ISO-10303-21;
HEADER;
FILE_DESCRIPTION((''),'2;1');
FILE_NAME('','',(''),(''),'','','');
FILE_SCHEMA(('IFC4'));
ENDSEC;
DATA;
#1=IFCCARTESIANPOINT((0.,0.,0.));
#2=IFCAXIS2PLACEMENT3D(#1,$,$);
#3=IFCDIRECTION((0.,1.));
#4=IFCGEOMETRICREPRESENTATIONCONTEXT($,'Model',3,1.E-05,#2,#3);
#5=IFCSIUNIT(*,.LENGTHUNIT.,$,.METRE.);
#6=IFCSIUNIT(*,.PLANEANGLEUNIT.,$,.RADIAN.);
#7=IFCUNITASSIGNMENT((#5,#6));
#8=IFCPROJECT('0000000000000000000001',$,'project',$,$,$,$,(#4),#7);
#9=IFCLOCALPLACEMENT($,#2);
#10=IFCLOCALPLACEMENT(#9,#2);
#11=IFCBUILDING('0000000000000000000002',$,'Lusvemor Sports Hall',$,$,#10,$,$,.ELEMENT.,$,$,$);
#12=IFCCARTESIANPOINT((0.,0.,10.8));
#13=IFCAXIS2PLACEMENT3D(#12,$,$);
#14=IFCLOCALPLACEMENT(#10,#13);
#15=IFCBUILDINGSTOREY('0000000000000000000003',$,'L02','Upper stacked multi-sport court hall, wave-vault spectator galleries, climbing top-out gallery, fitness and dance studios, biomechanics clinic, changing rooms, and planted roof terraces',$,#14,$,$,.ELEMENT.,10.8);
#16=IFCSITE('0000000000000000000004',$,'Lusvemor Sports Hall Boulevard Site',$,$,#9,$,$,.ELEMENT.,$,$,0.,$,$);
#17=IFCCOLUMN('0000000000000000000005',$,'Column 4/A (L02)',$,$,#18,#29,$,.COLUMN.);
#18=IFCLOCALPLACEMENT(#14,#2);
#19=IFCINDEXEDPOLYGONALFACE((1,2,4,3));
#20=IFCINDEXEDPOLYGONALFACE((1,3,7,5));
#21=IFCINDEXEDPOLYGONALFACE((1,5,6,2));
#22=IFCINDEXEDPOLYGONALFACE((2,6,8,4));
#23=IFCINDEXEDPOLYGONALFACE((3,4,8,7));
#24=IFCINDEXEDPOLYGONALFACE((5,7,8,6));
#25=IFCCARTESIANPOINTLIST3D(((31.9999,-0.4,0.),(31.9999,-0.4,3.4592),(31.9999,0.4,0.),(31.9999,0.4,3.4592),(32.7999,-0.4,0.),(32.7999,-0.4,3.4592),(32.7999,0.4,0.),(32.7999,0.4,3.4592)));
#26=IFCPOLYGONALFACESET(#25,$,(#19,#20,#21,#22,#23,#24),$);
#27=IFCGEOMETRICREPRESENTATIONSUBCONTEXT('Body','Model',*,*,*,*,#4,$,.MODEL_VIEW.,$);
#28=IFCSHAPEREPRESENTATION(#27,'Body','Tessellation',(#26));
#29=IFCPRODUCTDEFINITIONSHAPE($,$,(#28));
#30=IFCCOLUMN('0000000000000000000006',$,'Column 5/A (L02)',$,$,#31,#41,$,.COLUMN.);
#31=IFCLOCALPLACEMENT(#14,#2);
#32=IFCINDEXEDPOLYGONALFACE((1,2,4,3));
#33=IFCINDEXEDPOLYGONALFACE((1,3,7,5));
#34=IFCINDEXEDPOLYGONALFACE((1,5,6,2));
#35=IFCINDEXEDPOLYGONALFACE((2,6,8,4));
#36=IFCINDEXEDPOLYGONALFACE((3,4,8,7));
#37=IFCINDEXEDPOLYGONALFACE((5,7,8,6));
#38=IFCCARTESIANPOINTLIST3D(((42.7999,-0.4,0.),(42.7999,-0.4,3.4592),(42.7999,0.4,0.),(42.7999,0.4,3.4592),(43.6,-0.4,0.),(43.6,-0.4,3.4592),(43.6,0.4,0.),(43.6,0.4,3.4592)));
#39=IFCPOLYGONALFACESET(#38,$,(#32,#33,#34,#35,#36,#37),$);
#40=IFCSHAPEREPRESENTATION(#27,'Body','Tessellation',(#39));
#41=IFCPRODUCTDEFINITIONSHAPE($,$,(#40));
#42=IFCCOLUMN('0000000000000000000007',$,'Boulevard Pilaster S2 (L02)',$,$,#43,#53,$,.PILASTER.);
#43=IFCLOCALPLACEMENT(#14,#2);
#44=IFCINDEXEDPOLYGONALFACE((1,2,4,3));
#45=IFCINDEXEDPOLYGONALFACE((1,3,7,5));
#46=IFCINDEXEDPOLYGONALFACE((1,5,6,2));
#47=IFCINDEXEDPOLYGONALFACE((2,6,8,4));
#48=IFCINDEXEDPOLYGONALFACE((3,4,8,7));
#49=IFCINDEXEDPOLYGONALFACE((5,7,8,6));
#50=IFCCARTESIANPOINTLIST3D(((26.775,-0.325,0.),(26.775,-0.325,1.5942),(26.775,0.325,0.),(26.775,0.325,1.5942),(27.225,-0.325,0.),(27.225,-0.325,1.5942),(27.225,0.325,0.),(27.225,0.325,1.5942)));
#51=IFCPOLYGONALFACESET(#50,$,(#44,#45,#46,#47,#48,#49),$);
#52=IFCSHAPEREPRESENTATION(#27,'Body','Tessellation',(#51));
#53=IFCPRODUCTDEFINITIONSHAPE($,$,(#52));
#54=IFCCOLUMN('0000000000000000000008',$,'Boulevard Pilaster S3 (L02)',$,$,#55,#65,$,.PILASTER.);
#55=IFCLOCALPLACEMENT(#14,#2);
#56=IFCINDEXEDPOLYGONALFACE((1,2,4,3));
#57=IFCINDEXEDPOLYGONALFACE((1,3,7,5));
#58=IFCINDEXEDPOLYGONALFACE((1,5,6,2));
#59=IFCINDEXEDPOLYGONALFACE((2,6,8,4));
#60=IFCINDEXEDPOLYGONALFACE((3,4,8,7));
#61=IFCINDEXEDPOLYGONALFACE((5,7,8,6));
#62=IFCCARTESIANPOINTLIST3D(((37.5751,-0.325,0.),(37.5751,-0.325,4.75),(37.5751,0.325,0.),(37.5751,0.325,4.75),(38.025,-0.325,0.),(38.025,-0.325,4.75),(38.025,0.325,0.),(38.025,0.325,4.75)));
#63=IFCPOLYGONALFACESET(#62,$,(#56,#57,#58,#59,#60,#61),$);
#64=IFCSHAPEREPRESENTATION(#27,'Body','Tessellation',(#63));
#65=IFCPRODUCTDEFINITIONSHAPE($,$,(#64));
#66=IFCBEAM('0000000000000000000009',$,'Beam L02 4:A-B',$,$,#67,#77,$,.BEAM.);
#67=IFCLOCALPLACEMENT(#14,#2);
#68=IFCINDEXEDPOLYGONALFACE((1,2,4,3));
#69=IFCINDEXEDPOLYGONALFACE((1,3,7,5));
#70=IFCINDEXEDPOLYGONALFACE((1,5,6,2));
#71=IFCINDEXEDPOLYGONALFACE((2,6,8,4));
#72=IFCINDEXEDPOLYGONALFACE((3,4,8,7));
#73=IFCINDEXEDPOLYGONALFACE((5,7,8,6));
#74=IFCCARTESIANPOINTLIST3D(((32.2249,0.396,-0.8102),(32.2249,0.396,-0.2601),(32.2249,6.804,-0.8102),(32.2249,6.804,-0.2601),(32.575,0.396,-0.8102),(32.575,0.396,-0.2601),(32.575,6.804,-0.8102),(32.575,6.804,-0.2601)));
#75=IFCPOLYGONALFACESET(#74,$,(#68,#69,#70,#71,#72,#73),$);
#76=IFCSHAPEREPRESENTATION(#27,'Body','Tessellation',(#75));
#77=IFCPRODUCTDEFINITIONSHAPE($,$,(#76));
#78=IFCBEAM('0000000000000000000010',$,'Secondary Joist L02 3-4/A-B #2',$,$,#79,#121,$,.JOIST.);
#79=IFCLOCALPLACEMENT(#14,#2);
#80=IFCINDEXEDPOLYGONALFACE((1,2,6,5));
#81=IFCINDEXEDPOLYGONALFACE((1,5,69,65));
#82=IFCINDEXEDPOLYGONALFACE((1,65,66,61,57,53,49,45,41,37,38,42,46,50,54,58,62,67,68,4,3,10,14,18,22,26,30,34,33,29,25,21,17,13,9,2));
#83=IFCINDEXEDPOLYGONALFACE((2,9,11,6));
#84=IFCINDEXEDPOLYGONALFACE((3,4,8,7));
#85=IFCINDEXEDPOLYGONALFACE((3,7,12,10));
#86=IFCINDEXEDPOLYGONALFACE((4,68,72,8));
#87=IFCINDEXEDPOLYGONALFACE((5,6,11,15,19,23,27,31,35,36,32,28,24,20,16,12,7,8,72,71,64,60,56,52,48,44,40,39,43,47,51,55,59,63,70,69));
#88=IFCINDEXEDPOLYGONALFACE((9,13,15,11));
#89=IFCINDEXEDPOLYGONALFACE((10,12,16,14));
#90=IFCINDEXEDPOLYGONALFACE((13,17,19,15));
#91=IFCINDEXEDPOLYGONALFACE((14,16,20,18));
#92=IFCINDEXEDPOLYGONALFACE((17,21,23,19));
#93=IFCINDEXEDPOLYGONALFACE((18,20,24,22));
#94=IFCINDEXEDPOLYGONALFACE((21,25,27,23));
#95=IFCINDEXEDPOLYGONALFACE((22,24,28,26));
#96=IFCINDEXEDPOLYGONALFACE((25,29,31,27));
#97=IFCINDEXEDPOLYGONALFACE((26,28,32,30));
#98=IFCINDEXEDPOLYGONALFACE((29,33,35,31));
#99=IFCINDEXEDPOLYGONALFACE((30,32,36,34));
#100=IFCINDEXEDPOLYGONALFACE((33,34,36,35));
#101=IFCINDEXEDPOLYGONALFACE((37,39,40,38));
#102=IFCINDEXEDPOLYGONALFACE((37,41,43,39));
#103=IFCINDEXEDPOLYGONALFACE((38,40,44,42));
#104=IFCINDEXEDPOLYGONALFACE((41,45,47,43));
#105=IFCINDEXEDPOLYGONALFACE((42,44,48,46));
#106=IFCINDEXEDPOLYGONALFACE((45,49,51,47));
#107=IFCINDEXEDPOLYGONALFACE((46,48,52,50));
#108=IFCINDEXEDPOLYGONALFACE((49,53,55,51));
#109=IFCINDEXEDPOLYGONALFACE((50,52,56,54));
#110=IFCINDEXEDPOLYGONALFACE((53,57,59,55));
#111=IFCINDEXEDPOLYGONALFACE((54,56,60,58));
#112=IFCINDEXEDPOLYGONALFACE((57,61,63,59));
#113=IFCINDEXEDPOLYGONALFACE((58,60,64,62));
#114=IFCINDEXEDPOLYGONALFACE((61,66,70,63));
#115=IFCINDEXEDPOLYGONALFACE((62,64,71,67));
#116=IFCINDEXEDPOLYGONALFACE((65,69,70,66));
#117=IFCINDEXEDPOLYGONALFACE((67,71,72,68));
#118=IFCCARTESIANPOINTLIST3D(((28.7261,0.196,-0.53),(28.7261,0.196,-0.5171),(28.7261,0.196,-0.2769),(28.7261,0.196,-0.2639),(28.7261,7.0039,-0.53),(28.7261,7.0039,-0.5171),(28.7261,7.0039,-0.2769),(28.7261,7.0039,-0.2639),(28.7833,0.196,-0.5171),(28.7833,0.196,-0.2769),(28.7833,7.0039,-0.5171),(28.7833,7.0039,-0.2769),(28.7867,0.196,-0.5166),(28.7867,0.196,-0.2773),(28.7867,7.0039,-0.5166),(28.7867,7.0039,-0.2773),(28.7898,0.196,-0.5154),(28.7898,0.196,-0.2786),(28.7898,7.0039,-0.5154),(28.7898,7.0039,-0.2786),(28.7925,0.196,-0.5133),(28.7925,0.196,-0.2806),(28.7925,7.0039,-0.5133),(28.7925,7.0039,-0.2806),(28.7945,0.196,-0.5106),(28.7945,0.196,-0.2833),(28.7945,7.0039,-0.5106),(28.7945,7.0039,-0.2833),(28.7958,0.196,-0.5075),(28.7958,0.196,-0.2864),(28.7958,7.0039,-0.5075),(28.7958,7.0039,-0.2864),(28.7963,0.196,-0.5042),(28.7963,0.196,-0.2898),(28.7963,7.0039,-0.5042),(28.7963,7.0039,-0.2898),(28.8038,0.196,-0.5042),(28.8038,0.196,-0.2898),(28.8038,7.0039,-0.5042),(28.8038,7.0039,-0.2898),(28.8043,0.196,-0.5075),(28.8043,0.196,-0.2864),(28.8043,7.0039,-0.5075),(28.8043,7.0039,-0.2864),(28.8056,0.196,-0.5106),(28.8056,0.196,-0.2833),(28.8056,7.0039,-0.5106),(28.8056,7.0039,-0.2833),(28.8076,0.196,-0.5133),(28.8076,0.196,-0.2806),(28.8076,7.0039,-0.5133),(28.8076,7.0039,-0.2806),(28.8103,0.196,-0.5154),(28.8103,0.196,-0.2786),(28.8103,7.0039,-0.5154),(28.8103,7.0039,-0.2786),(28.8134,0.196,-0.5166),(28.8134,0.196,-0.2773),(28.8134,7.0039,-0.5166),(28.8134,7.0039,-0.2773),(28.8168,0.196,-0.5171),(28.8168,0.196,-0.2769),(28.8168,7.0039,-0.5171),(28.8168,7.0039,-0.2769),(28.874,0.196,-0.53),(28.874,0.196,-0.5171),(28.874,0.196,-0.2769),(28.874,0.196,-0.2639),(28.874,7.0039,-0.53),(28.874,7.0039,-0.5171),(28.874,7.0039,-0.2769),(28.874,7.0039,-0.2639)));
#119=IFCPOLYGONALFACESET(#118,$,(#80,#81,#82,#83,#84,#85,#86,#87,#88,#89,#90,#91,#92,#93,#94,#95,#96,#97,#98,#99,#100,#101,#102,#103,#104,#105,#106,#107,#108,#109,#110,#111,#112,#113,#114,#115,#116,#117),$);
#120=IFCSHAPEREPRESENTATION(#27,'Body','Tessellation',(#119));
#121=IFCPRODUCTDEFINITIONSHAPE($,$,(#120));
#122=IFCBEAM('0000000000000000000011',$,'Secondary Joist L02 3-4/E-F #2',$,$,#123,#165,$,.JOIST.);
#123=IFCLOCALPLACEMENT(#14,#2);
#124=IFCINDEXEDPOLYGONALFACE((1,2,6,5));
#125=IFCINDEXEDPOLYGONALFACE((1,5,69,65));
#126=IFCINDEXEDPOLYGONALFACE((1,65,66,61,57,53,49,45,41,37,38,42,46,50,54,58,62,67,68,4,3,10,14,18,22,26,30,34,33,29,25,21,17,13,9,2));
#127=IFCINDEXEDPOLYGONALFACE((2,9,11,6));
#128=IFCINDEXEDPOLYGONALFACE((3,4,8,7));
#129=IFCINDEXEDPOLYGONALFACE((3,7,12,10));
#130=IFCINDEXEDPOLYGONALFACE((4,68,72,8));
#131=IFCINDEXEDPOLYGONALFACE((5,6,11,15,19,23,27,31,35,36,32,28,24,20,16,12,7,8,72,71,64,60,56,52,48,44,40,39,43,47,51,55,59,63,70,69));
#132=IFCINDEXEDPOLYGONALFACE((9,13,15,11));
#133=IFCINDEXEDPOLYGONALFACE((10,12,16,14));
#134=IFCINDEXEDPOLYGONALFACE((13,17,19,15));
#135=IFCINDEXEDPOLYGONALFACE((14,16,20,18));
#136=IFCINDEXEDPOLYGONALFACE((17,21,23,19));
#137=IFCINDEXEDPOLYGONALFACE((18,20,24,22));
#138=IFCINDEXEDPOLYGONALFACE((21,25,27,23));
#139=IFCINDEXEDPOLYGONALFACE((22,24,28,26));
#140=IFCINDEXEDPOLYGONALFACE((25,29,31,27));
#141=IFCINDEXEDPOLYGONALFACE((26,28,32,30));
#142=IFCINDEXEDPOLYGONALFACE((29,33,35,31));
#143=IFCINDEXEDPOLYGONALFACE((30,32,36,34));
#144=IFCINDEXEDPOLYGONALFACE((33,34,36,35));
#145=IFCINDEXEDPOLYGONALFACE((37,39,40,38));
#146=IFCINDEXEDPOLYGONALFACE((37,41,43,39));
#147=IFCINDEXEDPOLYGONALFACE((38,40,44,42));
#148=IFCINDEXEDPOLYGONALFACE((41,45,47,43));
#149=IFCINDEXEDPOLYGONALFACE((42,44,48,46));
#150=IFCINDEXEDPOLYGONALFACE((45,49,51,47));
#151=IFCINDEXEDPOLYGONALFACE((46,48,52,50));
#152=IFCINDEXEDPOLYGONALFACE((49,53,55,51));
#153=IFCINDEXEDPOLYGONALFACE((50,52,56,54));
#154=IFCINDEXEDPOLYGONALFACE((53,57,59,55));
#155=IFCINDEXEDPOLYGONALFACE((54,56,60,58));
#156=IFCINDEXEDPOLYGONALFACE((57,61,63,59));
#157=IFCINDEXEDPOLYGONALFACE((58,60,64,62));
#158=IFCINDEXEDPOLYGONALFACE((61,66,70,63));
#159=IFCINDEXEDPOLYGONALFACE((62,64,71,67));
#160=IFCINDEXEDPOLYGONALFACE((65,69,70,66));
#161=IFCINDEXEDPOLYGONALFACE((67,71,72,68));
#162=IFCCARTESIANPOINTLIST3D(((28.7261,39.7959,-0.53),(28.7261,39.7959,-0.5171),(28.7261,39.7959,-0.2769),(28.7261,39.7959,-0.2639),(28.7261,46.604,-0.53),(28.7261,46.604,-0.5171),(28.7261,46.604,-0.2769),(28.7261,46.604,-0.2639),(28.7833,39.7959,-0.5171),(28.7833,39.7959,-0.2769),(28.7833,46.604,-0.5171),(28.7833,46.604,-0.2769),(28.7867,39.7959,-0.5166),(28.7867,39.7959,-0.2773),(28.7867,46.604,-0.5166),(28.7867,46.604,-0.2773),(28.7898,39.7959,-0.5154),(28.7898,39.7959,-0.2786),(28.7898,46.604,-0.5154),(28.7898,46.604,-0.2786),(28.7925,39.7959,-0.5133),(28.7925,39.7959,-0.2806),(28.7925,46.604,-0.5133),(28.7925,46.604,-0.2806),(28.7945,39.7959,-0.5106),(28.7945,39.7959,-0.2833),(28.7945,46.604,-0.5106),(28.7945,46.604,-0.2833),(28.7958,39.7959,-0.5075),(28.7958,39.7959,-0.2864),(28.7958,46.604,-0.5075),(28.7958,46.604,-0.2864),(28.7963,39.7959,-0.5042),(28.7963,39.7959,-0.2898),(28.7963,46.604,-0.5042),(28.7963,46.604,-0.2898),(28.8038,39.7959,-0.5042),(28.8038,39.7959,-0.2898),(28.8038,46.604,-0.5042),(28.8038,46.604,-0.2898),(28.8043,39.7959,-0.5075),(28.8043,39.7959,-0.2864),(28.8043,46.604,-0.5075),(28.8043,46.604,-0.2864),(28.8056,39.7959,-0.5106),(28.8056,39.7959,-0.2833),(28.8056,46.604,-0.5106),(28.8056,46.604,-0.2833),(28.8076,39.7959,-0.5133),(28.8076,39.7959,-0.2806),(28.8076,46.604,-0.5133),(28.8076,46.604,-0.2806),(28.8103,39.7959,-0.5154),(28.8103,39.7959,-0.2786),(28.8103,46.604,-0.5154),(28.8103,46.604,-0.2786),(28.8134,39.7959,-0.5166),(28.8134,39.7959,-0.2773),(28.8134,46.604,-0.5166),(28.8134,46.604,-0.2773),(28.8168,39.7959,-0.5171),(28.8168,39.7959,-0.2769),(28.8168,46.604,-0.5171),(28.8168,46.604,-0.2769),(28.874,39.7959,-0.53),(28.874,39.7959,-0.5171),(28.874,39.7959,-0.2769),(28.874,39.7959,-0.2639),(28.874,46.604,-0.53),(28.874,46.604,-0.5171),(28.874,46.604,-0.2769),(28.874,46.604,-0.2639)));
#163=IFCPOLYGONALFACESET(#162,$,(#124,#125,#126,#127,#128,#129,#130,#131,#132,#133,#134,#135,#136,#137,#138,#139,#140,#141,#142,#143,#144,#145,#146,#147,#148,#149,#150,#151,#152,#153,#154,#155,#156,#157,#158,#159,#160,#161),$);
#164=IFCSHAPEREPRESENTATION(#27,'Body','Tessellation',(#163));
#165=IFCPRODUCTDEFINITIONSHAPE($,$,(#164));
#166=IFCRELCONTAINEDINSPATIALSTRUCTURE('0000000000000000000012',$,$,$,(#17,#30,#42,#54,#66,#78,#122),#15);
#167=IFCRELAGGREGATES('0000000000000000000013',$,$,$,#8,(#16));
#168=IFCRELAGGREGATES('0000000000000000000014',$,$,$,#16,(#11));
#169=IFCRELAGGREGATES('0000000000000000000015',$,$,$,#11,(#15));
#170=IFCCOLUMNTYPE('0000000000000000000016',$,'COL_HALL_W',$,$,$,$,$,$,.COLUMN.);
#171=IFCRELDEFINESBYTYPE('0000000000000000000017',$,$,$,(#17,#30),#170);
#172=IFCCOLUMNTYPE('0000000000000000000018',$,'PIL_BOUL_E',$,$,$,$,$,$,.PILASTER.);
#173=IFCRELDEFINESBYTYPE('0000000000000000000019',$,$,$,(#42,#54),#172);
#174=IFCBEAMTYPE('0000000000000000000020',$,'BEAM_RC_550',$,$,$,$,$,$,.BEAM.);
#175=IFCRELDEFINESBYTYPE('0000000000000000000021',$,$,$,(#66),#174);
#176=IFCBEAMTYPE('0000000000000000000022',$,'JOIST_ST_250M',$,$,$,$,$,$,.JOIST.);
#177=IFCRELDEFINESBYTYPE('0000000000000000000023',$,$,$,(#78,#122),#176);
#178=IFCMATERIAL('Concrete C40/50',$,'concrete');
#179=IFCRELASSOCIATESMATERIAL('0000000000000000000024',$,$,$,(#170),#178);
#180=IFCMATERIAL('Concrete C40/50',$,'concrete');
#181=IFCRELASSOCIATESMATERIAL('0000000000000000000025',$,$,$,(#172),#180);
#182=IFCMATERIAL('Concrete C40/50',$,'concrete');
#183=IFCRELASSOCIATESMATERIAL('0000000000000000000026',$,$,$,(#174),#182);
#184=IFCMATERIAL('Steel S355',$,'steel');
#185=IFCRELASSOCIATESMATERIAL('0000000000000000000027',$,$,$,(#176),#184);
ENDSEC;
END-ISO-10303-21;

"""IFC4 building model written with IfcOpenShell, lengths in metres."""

from ifc_helpers import new_model, si_unit, direction, frame, origin, origin_2d, place, context, subcontext, project, spatial, rectangle, i_section, extrude, material, material_profile, profile_set, type_object, element, save


model = new_model("IFC4")

# Units and contexts
model_context = context("Model", 3, precision=1e-05, world=origin(), true_north=direction((0.0, 1.0)))
body_context = subcontext(model_context, "Body", "Model", "MODEL_VIEW")
ifc_project = project(units=[si_unit("LENGTHUNIT", "METRE"), si_unit("PLANEANGLEUNIT", "RADIAN")], contexts=[model_context])

# Site, building, storey
site_placement = place(None, origin())
site = spatial("IfcSite", under=ifc_project, at=site_placement, Name="Lusvemor Sports Hall Boulevard Site", CompositionType="ELEMENT", RefElevation=0.0)
building_placement = place(site_placement, origin())
building = spatial("IfcBuilding", under=site, at=building_placement, Name="Lusvemor Sports Hall", CompositionType="ELEMENT")
storey_placement = place(building_placement, frame((0.0, 0.0, 10.8)))
storey = spatial("IfcBuildingStorey", under=building, at=storey_placement, Name="L02", Description="Upper stacked multi-sport court hall, wave-vault spectator galleries, climbing top-out gallery, fitness and dance studios, biomechanics clinic, changing rooms, and planted roof terraces", CompositionType="ELEMENT", Elevation=10.8)

# Columns
ifc_material_1 = material(Name="Concrete C40/50", Category="concrete")
ifc_material_profile_1 = material_profile(ifc_material_1, rectangle(XDim=0.8, YDim=0.8, at=origin_2d()), Name="RC800x800")
ifc_profile_set_1 = profile_set([ifc_material_profile_1], Name="Concrete C40/50")
column_type_1 = type_object("IfcColumnType", Name="COL_HALL_W", PredefinedType="COLUMN", material=ifc_profile_set_1)
for number, where, z_axis, x_axis, name in (
    (1, (32.3999, 0.0, 0.0), (0.0, 0.0, 1.0), (1.0, 0.0, 0.0), "Column 4/A (L02)"),
    (2, (43.2, 0.0, 0.0), (0.0, 0.0, 1.0), (1.0, 0.0, 0.0), "Column 5/A (L02)"),
):
    element("IfcColumn", number, at=place(storey_placement, frame(where, z_axis=z_axis, x_axis=x_axis)), inside=storey, type_object=column_type_1, Name=name, PredefinedType="COLUMN", context=body_context, shape_type="SweptSolid", body=[
        extrude(rectangle(XDim=0.8, YDim=0.8, at=origin_2d()), origin(), (0.0, 0.0, 1.0), 3.4592),
    ])
ifc_material_2 = material(Name="Concrete C40/50", Category="concrete")
ifc_material_profile_2 = material_profile(ifc_material_2, rectangle(XDim=0.45, YDim=0.6499, at=origin_2d()), Name="RC450x650")
ifc_profile_set_2 = profile_set([ifc_material_profile_2], Name="Concrete C40/50")
column_type_2 = type_object("IfcColumnType", Name="PIL_BOUL_E", PredefinedType="PILASTER", material=ifc_profile_set_2)
column_1_placement = place(storey_placement, frame((27.0, 0.0, 0.0), z_axis=(0.0, 0.0, 1.0), x_axis=(1.0, 0.0, 0.0)))
element("IfcColumn", 3, at=column_1_placement, inside=storey, type_object=column_type_2, Name="Boulevard Pilaster S2 (L02)", PredefinedType="PILASTER", context=body_context, shape_type="SweptSolid", body=[
    extrude(rectangle(XDim=0.45, YDim=0.6499, at=origin_2d()), origin(), (0.0, 0.0, 1.0), 1.5942),
])
column_2_placement = place(storey_placement, frame((37.8, 0.0, 0.0), z_axis=(0.0, 0.0, 1.0), x_axis=(1.0, 0.0, 0.0)))
element("IfcColumn", 4, at=column_2_placement, inside=storey, type_object=column_type_2, Name="Boulevard Pilaster S3 (L02)", PredefinedType="PILASTER", context=body_context, shape_type="SweptSolid", body=[
    extrude(rectangle(XDim=0.45, YDim=0.6499, at=origin_2d()), origin(), (0.0, 0.0, 1.0), 4.75),
])

# Beams
ifc_material_3 = material(Name="Concrete C40/50", Category="concrete")
ifc_material_profile_3 = material_profile(ifc_material_3, rectangle(XDim=0.3501, YDim=0.55, at=origin_2d()), Name="RC350x550")
ifc_profile_set_3 = profile_set([ifc_material_profile_3], Name="Concrete C40/50")
beam_type_1 = type_object("IfcBeamType", Name="BEAM_RC_550", PredefinedType="BEAM", material=ifc_profile_set_3)
beam_1_placement = place(storey_placement, frame((32.3999, 0.396, -0.5352), z_axis=(0.0, 1.0, 0.0), x_axis=(-1.0, 0.0, 0.0)))
element("IfcBeam", 5, at=beam_1_placement, inside=storey, type_object=beam_type_1, Name="Beam L02 4:A-B", PredefinedType="BEAM", context=body_context, shape_type="SweptSolid", body=[
    extrude(rectangle(XDim=0.3501, YDim=0.55, at=origin_2d()), origin(), (0.0, 0.0, 1.0), 6.408),
])
ifc_material_4 = material(Name="Steel S355", Category="steel")
ifc_material_profile_4 = material_profile(ifc_material_4, i_section(OverallWidth=0.1479, OverallDepth=0.2661, WebThickness=0.0076, FlangeThickness=0.0129, FilletRadius=0.0129, at=origin_2d()), Name="W250x44.8")
ifc_profile_set_4 = profile_set([ifc_material_profile_4], Name="Steel S355")
beam_type_2 = type_object("IfcBeamType", Name="JOIST_ST_250M", PredefinedType="JOIST", material=ifc_profile_set_4)
beam_2_placement = place(storey_placement, frame((28.8, 0.196, -0.397), z_axis=(0.0, 1.0, 0.0), x_axis=(-1.0, 0.0, 0.0)))
element("IfcBeam", 6, at=beam_2_placement, inside=storey, type_object=beam_type_2, Name="Secondary Joist L02 3-4/A-B #2", PredefinedType="JOIST", context=body_context, shape_type="SweptSolid", body=[
    extrude(i_section(OverallWidth=0.1479, OverallDepth=0.2661, WebThickness=0.0076, FlangeThickness=0.0129, FilletRadius=0.0129, at=origin_2d()), origin(), (0.0, 0.0, 1.0), 6.8079),
])
beam_3_placement = place(storey_placement, frame((28.8, 39.7959, -0.397), z_axis=(0.0, 1.0, 0.0), x_axis=(-1.0, 0.0, 0.0)))
element("IfcBeam", 7, at=beam_3_placement, inside=storey, type_object=beam_type_2, Name="Secondary Joist L02 3-4/E-F #2", PredefinedType="JOIST", context=body_context, shape_type="SweptSolid", body=[
    extrude(i_section(OverallWidth=0.1479, OverallDepth=0.2661, WebThickness=0.0076, FlangeThickness=0.0129, FilletRadius=0.0129, at=origin_2d()), origin(), (0.0, 0.0, 1.0), 6.8081),
])

save(model, "model.ifc")
